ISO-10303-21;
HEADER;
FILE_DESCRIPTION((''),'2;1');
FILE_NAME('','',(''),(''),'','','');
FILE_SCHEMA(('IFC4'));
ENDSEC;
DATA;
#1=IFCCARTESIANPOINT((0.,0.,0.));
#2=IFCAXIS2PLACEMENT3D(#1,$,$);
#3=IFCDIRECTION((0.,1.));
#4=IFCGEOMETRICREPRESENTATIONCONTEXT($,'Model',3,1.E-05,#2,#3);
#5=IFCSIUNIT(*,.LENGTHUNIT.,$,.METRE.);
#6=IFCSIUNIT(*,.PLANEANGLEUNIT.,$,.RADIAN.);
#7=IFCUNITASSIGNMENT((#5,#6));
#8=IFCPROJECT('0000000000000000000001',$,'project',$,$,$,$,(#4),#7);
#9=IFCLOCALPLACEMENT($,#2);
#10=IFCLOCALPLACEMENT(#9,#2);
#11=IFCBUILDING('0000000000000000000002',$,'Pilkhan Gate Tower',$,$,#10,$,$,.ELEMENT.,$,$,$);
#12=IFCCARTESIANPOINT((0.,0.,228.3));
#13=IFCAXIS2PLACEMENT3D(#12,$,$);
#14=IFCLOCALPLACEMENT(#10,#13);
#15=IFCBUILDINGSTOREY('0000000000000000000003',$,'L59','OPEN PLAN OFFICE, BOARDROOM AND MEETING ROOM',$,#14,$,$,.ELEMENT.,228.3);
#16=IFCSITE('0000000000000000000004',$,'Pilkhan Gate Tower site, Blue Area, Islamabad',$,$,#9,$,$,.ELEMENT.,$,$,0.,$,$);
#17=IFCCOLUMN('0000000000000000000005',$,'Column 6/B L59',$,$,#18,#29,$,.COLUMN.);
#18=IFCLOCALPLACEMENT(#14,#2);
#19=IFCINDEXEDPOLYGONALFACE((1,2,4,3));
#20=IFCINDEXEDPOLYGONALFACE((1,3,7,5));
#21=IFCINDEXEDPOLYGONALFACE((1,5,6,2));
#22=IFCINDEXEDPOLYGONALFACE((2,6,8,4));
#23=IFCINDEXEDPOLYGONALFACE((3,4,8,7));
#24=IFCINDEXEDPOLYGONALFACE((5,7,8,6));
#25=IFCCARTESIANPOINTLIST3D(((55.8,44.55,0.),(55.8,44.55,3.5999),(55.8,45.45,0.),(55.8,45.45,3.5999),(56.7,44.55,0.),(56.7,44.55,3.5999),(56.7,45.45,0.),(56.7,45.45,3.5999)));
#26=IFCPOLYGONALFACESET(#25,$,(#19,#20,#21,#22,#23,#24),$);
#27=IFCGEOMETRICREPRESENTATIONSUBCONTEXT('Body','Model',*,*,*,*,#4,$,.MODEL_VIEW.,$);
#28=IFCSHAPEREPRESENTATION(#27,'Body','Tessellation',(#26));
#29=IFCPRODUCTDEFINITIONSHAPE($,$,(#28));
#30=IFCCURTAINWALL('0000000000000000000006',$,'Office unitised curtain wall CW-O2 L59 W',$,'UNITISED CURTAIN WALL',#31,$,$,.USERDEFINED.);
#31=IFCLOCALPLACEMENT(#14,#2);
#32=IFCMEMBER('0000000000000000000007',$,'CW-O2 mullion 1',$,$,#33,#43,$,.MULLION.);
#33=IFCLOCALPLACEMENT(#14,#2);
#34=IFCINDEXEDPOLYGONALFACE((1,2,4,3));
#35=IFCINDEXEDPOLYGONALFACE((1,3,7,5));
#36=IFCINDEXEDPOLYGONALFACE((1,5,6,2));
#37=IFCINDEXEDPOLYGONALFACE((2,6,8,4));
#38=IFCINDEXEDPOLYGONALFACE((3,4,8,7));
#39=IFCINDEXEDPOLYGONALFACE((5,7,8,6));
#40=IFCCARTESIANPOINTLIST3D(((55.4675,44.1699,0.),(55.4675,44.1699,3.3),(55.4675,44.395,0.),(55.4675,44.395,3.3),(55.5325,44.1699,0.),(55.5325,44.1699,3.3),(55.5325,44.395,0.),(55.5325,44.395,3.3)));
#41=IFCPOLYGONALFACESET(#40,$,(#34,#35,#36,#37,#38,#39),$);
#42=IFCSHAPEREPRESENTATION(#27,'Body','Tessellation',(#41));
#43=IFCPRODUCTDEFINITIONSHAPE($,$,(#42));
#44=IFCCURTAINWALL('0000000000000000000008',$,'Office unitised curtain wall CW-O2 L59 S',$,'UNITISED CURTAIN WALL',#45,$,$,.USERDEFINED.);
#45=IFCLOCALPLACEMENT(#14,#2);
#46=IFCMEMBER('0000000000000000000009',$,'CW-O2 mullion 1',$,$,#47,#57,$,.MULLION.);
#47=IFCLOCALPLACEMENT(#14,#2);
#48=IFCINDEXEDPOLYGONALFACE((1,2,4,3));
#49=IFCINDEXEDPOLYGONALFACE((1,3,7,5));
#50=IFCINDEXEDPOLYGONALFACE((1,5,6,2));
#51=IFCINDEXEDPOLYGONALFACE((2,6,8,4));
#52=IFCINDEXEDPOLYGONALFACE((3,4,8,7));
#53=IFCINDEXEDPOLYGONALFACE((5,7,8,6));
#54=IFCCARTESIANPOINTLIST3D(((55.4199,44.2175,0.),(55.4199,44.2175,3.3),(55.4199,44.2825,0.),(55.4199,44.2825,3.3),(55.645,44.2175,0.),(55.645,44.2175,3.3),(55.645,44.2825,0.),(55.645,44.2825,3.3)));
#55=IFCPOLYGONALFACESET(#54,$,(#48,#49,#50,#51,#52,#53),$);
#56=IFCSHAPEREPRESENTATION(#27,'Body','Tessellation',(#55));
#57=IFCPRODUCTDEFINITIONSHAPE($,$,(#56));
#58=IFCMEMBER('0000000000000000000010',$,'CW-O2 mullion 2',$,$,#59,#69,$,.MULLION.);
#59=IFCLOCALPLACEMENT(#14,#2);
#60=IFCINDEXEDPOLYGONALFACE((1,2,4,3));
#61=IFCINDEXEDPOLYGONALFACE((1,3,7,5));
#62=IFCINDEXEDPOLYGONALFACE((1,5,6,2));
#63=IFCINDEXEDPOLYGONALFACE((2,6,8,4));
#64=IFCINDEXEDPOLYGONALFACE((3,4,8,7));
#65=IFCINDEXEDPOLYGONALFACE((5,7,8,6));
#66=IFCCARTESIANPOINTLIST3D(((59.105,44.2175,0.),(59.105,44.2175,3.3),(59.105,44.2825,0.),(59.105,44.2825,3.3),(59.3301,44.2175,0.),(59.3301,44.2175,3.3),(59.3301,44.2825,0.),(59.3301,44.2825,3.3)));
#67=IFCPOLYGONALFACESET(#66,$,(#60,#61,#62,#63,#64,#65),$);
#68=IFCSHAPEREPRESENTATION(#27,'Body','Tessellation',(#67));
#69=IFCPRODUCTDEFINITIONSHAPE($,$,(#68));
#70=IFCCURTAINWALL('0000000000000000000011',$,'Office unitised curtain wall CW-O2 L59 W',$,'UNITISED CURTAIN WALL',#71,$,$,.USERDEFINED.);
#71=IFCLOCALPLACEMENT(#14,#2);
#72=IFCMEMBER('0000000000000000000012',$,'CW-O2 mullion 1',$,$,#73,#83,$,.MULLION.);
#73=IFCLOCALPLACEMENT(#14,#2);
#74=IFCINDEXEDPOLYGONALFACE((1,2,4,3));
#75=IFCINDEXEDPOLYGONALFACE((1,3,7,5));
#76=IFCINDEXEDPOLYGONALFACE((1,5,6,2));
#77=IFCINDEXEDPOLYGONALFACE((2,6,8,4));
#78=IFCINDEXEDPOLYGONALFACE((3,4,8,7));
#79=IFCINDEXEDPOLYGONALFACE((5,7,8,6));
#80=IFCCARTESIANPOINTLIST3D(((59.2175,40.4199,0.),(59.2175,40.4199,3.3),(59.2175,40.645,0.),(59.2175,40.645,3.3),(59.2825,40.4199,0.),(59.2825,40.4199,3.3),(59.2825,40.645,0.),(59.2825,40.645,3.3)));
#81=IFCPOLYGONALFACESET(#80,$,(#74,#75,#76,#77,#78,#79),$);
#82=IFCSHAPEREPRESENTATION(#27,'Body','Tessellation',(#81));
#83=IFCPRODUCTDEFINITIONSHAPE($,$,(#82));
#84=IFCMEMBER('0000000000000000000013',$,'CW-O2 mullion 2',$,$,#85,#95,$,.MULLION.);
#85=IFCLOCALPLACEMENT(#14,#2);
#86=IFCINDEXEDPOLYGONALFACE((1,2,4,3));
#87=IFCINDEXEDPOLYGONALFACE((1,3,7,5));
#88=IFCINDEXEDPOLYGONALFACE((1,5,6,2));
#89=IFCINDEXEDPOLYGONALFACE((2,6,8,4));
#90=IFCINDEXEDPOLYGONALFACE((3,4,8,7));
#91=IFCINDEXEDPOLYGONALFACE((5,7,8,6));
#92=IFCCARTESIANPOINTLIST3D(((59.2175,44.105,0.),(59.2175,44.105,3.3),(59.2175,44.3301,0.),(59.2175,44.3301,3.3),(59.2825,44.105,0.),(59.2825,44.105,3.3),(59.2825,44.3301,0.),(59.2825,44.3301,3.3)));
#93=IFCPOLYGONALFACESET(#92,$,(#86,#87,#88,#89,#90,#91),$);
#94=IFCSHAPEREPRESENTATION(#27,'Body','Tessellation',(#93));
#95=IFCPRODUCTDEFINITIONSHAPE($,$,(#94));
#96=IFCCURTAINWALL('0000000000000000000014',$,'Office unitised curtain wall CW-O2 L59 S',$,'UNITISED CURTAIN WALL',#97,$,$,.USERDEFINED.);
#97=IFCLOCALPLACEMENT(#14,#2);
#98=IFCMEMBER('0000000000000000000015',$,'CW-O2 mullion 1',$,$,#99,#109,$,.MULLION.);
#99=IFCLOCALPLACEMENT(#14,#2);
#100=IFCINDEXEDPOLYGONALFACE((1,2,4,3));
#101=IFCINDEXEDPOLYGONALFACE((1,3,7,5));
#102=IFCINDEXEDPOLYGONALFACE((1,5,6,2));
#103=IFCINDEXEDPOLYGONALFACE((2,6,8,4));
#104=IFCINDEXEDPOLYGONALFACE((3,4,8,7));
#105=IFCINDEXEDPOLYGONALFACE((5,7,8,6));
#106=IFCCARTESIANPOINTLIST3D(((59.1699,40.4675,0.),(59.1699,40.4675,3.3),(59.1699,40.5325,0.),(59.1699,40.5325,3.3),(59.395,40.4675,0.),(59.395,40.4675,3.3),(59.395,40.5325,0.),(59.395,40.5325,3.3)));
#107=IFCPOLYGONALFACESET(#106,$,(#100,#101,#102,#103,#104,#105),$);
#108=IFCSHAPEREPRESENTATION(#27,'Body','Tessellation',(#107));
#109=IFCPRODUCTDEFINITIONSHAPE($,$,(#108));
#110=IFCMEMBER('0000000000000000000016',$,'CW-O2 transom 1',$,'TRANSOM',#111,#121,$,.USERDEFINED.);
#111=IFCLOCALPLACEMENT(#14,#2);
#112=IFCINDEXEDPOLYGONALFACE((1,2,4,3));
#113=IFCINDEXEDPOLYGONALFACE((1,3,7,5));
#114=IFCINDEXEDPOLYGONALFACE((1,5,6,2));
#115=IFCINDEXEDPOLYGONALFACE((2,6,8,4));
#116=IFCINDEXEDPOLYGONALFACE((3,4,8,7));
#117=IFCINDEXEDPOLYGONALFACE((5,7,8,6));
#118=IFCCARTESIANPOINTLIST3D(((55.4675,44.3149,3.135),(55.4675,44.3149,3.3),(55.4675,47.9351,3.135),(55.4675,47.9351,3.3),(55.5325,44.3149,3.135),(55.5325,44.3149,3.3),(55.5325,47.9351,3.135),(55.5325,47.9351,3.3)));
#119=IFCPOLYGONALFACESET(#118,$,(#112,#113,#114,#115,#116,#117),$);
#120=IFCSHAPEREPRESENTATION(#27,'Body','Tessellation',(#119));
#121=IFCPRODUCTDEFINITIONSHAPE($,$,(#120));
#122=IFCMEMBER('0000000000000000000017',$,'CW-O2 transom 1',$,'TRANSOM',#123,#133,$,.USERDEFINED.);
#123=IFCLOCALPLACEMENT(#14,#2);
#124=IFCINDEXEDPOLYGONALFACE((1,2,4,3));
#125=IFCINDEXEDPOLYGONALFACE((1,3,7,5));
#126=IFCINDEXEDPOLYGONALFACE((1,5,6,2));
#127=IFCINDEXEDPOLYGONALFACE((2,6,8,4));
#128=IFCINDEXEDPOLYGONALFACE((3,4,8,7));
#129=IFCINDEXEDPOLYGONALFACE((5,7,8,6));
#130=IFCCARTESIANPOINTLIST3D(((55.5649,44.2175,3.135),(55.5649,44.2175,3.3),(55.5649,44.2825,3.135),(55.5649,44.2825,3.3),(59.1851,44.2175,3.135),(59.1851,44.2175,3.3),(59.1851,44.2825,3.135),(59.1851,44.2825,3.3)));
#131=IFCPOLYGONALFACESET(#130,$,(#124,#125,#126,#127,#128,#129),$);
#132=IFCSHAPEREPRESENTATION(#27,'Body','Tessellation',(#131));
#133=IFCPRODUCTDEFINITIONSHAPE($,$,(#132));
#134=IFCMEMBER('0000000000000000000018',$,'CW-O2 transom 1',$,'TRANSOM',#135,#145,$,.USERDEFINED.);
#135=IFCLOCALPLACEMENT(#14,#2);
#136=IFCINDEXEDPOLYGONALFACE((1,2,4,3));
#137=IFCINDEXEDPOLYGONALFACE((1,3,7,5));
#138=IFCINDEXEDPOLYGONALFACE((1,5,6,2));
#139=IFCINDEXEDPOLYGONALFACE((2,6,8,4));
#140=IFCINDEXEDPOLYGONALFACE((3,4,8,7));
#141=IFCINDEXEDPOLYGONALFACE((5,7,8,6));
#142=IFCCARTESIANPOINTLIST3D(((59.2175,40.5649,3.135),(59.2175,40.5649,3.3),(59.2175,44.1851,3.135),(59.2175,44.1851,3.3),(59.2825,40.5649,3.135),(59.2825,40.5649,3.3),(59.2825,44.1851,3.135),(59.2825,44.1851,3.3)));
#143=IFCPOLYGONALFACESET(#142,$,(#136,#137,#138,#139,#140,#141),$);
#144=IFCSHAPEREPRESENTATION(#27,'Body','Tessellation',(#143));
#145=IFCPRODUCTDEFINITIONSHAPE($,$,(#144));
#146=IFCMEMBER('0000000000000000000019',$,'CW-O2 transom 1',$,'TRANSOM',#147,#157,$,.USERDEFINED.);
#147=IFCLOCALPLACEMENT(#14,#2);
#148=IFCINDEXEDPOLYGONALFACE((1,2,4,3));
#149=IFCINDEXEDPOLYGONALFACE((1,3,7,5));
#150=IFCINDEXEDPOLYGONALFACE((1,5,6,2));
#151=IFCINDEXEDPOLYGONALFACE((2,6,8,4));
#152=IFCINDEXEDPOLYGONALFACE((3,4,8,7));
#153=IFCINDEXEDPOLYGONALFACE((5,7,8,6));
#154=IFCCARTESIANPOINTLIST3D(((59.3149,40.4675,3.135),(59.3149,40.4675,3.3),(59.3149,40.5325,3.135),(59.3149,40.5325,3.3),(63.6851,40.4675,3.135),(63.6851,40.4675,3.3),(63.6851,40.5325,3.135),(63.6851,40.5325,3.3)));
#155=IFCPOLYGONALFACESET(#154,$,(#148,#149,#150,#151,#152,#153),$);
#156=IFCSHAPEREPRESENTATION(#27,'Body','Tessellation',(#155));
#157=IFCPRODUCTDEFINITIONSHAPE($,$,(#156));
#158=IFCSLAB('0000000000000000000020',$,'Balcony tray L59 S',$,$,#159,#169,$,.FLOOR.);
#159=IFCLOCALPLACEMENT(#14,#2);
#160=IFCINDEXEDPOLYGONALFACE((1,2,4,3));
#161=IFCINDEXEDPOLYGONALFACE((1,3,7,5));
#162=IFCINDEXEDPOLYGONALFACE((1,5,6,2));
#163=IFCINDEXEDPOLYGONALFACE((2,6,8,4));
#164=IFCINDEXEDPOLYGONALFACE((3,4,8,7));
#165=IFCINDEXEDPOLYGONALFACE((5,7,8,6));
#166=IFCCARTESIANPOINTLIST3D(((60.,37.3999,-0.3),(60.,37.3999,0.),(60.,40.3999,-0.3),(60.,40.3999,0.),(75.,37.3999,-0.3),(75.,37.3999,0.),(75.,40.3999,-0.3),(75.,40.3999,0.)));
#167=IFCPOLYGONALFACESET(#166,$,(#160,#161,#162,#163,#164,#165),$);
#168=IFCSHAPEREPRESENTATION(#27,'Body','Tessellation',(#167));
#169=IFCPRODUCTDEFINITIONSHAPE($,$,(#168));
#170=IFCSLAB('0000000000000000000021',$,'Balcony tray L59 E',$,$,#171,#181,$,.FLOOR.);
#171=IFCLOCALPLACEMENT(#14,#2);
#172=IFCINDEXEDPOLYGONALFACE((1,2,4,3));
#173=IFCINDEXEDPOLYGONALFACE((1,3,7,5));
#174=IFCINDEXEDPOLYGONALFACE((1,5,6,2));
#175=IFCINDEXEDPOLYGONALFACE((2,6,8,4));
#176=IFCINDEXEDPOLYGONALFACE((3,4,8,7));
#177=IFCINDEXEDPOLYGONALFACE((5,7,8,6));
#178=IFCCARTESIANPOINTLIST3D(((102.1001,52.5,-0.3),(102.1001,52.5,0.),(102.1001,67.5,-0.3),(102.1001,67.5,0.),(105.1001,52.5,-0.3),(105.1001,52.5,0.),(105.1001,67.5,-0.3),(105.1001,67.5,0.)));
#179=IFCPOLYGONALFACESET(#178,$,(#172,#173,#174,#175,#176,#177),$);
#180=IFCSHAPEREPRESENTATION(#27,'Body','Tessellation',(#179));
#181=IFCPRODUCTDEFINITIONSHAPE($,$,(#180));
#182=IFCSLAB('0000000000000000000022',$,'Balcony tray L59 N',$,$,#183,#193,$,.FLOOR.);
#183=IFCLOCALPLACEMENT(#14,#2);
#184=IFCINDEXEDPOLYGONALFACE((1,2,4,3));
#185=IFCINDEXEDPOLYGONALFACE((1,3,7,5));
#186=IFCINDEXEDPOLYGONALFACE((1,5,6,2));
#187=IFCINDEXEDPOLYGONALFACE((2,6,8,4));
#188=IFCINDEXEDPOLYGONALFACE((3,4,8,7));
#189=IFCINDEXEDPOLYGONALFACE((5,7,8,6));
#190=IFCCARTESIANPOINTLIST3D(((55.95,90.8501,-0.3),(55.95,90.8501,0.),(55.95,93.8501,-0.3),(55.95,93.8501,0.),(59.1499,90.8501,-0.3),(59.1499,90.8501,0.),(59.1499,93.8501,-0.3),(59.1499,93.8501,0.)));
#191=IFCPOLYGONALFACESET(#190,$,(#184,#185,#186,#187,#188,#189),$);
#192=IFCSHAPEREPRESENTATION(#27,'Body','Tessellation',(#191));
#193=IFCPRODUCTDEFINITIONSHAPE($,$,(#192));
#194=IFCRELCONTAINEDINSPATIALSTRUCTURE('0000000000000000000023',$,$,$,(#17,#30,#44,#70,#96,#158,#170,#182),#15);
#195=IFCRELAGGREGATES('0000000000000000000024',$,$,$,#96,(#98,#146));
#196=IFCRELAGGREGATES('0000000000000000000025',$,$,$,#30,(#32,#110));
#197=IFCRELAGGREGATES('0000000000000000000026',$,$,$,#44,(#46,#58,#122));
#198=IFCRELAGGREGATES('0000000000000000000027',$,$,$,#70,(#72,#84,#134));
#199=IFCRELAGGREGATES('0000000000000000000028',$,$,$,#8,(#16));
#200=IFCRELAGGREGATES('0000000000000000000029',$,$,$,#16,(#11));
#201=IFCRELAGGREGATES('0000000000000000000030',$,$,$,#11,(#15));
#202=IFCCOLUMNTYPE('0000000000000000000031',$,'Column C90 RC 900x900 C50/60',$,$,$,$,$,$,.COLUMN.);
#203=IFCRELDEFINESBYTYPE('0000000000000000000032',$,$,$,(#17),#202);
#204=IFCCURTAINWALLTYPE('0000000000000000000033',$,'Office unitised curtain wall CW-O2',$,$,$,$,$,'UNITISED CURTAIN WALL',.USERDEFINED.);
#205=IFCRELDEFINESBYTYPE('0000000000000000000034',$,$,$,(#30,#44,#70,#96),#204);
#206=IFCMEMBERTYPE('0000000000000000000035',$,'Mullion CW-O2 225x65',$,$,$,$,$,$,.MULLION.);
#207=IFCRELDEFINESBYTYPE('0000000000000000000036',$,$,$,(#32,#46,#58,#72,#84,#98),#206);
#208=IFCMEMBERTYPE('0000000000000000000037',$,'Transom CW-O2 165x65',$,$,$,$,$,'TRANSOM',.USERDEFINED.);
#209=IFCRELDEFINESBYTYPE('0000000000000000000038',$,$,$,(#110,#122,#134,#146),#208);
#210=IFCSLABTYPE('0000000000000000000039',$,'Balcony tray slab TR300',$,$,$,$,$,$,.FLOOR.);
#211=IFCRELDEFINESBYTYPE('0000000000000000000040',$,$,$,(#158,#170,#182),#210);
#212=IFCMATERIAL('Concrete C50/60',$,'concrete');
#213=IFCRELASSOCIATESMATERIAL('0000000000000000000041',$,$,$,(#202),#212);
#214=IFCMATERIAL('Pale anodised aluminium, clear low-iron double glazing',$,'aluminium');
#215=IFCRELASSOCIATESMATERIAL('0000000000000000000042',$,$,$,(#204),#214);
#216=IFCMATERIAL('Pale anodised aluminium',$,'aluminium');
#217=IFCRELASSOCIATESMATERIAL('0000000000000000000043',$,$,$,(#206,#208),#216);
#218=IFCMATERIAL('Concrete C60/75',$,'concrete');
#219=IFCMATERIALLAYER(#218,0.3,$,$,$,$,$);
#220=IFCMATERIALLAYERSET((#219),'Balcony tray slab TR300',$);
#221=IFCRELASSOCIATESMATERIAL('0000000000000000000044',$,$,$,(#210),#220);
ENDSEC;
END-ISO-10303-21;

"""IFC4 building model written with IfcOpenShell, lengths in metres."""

from ifc_helpers import new_model, si_unit, direction, frame, origin, origin_2d, place, context, subcontext, project, spatial, polyline, rectangle, outline, extrude, material, layer, layer_set, material_profile, profile_set, type_object, element, aggregate, save


model = new_model("IFC4")

# Units and contexts
model_context = context("Model", 3, precision=1e-05, world=origin(), true_north=direction((0.0, 1.0)))
body_context = subcontext(model_context, "Body", "Model", "MODEL_VIEW")
ifc_project = project(units=[si_unit("LENGTHUNIT", "METRE"), si_unit("PLANEANGLEUNIT", "RADIAN")], contexts=[model_context])

# Site, building, storey
site_placement = place(None, origin())
site = spatial("IfcSite", under=ifc_project, at=site_placement, Name="Pilkhan Gate Tower site, Blue Area, Islamabad", CompositionType="ELEMENT", RefElevation=0.0)
building_placement = place(site_placement, origin())
building = spatial("IfcBuilding", under=site, at=building_placement, Name="Pilkhan Gate Tower", CompositionType="ELEMENT")
storey_placement = place(building_placement, frame((0.0, 0.0, 228.3)))
storey = spatial("IfcBuildingStorey", under=building, at=storey_placement, Name="L59", Description="OPEN PLAN OFFICE, BOARDROOM AND MEETING ROOM", CompositionType="ELEMENT", Elevation=228.3)

# Column
ifc_material_1 = material(Name="Concrete C50/60", Category="concrete")
ifc_material_profile_1 = material_profile(ifc_material_1, rectangle(XDim=0.8999, YDim=0.8999, at=origin_2d()), Name="RC 900x900")
ifc_profile_set_1 = profile_set([ifc_material_profile_1], Name="Concrete C50/60")
column_type = type_object("IfcColumnType", Name="Column C90 RC 900x900 C50/60", PredefinedType="COLUMN", material=ifc_profile_set_1)
column_placement = place(storey_placement, frame((56.25, 45.0, 0.0), z_axis=(0.0, 0.0, 1.0), x_axis=(1.0, 0.0, 0.0)))
element("IfcColumn", 1, at=column_placement, inside=storey, type_object=column_type, Name="Column 6/B L59", PredefinedType="COLUMN", context=body_context, shape_type="SweptSolid", body=[
    extrude(rectangle(XDim=0.8999, YDim=0.8999, at=origin_2d()), origin(), (0.0, 0.0, 1.0), 3.5999),
])

# Curtain wall, member
ifc_material_2 = material(Name="Pale anodised aluminium, clear low-iron double glazing", Category="aluminium")
curtain_wall_type = type_object("IfcCurtainWallType", Name="Office unitised curtain wall CW-O2", ElementType="UNITISED CURTAIN WALL", PredefinedType="USERDEFINED", material=ifc_material_2)
curtain_wall_1_placement = place(storey_placement, origin())
curtain_wall_1 = element("IfcCurtainWall", 2, at=curtain_wall_1_placement, inside=storey, type_object=curtain_wall_type, Name="Office unitised curtain wall CW-O2 L59 W", ObjectType="UNITISED CURTAIN WALL", PredefinedType="USERDEFINED")
ifc_material_3 = material(Name="Pale anodised aluminium", Category="aluminium")
ifc_material_profile_2 = material_profile(ifc_material_3, rectangle(XDim=0.0649, YDim=0.2251, at=origin_2d()), Name="Mullion 225x65")
ifc_profile_set_2 = profile_set([ifc_material_profile_2], Name="Pale anodised aluminium")
member_type_1 = type_object("IfcMemberType", Name="Mullion CW-O2 225x65", PredefinedType="MULLION", material=ifc_profile_set_2)
member_1_placement = place(storey_placement, frame((55.5, 44.2825, 0.0), z_axis=(0.0, 0.0, 1.0), x_axis=(-1.0, 0.0, 0.0)))
member_1 = element("IfcMember", 3, at=member_1_placement, type_object=member_type_1, Name="CW-O2 mullion 1", PredefinedType="MULLION", context=body_context, shape_type="SweptSolid", body=[
    extrude(rectangle(XDim=0.0649, YDim=0.2251, at=origin_2d()), origin(), (0.0, 0.0, 1.0), 3.3),
])

# Curtain walls, members
curtain_wall_2_placement = place(storey_placement, origin())
curtain_wall_2 = element("IfcCurtainWall", 4, at=curtain_wall_2_placement, inside=storey, type_object=curtain_wall_type, Name="Office unitised curtain wall CW-O2 L59 S", ObjectType="UNITISED CURTAIN WALL", PredefinedType="USERDEFINED")
member_2_placement = place(storey_placement, frame((55.5325, 44.25, 0.0), z_axis=(0.0, 0.0, 1.0), x_axis=(0.0, 1.0, 0.0)))
member_2 = element("IfcMember", 5, at=member_2_placement, type_object=member_type_1, Name="CW-O2 mullion 1", PredefinedType="MULLION", context=body_context, shape_type="SweptSolid", body=[
    extrude(rectangle(XDim=0.0649, YDim=0.2251, at=origin_2d()), origin(), (0.0, 0.0, 1.0), 3.3),
])
member_3_placement = place(storey_placement, frame((59.2175, 44.25, 0.0), z_axis=(0.0, 0.0, 1.0), x_axis=(0.0, 1.0, 0.0)))
member_3 = element("IfcMember", 6, at=member_3_placement, type_object=member_type_1, Name="CW-O2 mullion 2", PredefinedType="MULLION", context=body_context, shape_type="SweptSolid", body=[
    extrude(rectangle(XDim=0.0649, YDim=0.2251, at=origin_2d()), origin(), (0.0, 0.0, 1.0), 3.3),
])
curtain_wall_3_placement = place(storey_placement, origin())
curtain_wall_3 = element("IfcCurtainWall", 7, at=curtain_wall_3_placement, inside=storey, type_object=curtain_wall_type, Name="Office unitised curtain wall CW-O2 L59 W", ObjectType="UNITISED CURTAIN WALL", PredefinedType="USERDEFINED")
member_4_placement = place(storey_placement, frame((59.25, 40.5325, 0.0), z_axis=(0.0, 0.0, 1.0), x_axis=(-1.0, 0.0, 0.0)))
member_4 = element("IfcMember", 8, at=member_4_placement, type_object=member_type_1, Name="CW-O2 mullion 1", PredefinedType="MULLION", context=body_context, shape_type="SweptSolid", body=[
    extrude(rectangle(XDim=0.0649, YDim=0.2251, at=origin_2d()), origin(), (0.0, 0.0, 1.0), 3.3),
])
member_5_placement = place(storey_placement, frame((59.25, 44.2175, 0.0), z_axis=(0.0, 0.0, 1.0), x_axis=(-1.0, 0.0, 0.0)))
member_5 = element("IfcMember", 9, at=member_5_placement, type_object=member_type_1, Name="CW-O2 mullion 2", PredefinedType="MULLION", context=body_context, shape_type="SweptSolid", body=[
    extrude(rectangle(XDim=0.0649, YDim=0.2251, at=origin_2d()), origin(), (0.0, 0.0, 1.0), 3.3),
])

# Curtain wall, member
curtain_wall_4_placement = place(storey_placement, origin())
curtain_wall_4 = element("IfcCurtainWall", 10, at=curtain_wall_4_placement, inside=storey, type_object=curtain_wall_type, Name="Office unitised curtain wall CW-O2 L59 S", ObjectType="UNITISED CURTAIN WALL", PredefinedType="USERDEFINED")
member_6_placement = place(storey_placement, frame((59.2825, 40.5, 0.0), z_axis=(0.0, 0.0, 1.0), x_axis=(0.0, 1.0, 0.0)))
member_6 = element("IfcMember", 11, at=member_6_placement, type_object=member_type_1, Name="CW-O2 mullion 1", PredefinedType="MULLION", context=body_context, shape_type="SweptSolid", body=[
    extrude(rectangle(XDim=0.0649, YDim=0.2251, at=origin_2d()), origin(), (0.0, 0.0, 1.0), 3.3),
])

# Members
ifc_material_profile_3 = material_profile(ifc_material_3, rectangle(XDim=0.0649, YDim=0.165, at=origin_2d()), Name="Transom 165x65")
ifc_profile_set_3 = profile_set([ifc_material_profile_3], Name="Pale anodised aluminium")
member_type_2 = type_object("IfcMemberType", Name="Transom CW-O2 165x65", ElementType="TRANSOM", PredefinedType="USERDEFINED", material=ifc_profile_set_3)
member_7_placement = place(storey_placement, frame((55.5, 44.3149, 3.2175), z_axis=(0.0, 1.0, 0.0), x_axis=(-1.0, 0.0, 0.0)))
member_7 = element("IfcMember", 12, at=member_7_placement, type_object=member_type_2, Name="CW-O2 transom 1", ObjectType="TRANSOM", PredefinedType="USERDEFINED", context=body_context, shape_type="SweptSolid", body=[
    extrude(rectangle(XDim=0.0649, YDim=0.165, at=origin_2d()), origin(), (0.0, 0.0, 1.0), 3.6201),
])
member_8_placement = place(storey_placement, frame((55.5649, 44.25, 3.2175), z_axis=(1.0, 0.0, 0.0), x_axis=(0.0, 1.0, 0.0)))
member_8 = element("IfcMember", 13, at=member_8_placement, type_object=member_type_2, Name="CW-O2 transom 1", ObjectType="TRANSOM", PredefinedType="USERDEFINED", context=body_context, shape_type="SweptSolid", body=[
    extrude(rectangle(XDim=0.0649, YDim=0.165, at=origin_2d()), origin(), (0.0, 0.0, 1.0), 3.6201),
])
member_9_placement = place(storey_placement, frame((59.25, 40.5649, 3.2175), z_axis=(0.0, 1.0, 0.0), x_axis=(-1.0, 0.0, 0.0)))
member_9 = element("IfcMember", 14, at=member_9_placement, type_object=member_type_2, Name="CW-O2 transom 1", ObjectType="TRANSOM", PredefinedType="USERDEFINED", context=body_context, shape_type="SweptSolid", body=[
    extrude(rectangle(XDim=0.0649, YDim=0.165, at=origin_2d()), origin(), (0.0, 0.0, 1.0), 3.6201),
])
member_10_placement = place(storey_placement, frame((59.3149, 40.5, 3.2175), z_axis=(1.0, 0.0, 0.0), x_axis=(0.0, 1.0, 0.0)))
member_10 = element("IfcMember", 15, at=member_10_placement, type_object=member_type_2, Name="CW-O2 transom 1", ObjectType="TRANSOM", PredefinedType="USERDEFINED", context=body_context, shape_type="SweptSolid", body=[
    extrude(rectangle(XDim=0.0649, YDim=0.165, at=origin_2d()), origin(), (0.0, 0.0, 1.0), 4.3701),
])
aggregate(curtain_wall_4, [member_6, member_10])

# Slabs
ifc_material_4 = material(Name="Concrete C60/75", Category="concrete")
ifc_layer_1 = layer(ifc_material_4, 0.3)
ifc_layer_set_1 = layer_set([ifc_layer_1], Name="Balcony tray slab TR300")
slab_type_1 = type_object("IfcSlabType", Name="Balcony tray slab TR300", PredefinedType="FLOOR", material=ifc_layer_set_1)
slab_1_placement = place(storey_placement, frame((0.0, 0.0, -0.3)))
element("IfcSlab", 16, at=slab_1_placement, inside=storey, type_object=slab_type_1, Name="Balcony tray L59 S", PredefinedType="FLOOR", context=body_context, shape_type="SweptSolid", body=[
    extrude(outline(polyline([(75.0, 37.3999), (75.0, 40.3999), (60.0, 40.3999), (60.0, 37.3999), (75.0, 37.3999)])), origin(), (0.0, 0.0, 1.0), 0.3),
])
slab_2_placement = place(storey_placement, frame((0.0, 0.0, -0.3)))
element("IfcSlab", 17, at=slab_2_placement, inside=storey, type_object=slab_type_1, Name="Balcony tray L59 E", PredefinedType="FLOOR", context=body_context, shape_type="SweptSolid", body=[
    extrude(outline(polyline([(105.1001, 52.5), (105.1001, 67.5), (102.1001, 67.5), (102.1001, 52.5), (105.1001, 52.5)])), origin(), (0.0, 0.0, 1.0), 0.3),
])
slab_3_placement = place(storey_placement, frame((0.0, 0.0, -0.3)))
element("IfcSlab", 18, at=slab_3_placement, inside=storey, type_object=slab_type_1, Name="Balcony tray L59 N", PredefinedType="FLOOR", context=body_context, shape_type="SweptSolid", body=[
    extrude(outline(polyline([(59.1499, 90.8501), (59.1499, 93.8501), (55.95, 93.8501), (55.95, 90.8501), (59.1499, 90.8501)])), origin(), (0.0, 0.0, 1.0), 0.3),
])

aggregate(curtain_wall_1, [member_1, member_7])
aggregate(curtain_wall_2, [member_2, member_3, member_8])
aggregate(curtain_wall_3, [member_4, member_5, member_9])

save(model, "model.ifc")
